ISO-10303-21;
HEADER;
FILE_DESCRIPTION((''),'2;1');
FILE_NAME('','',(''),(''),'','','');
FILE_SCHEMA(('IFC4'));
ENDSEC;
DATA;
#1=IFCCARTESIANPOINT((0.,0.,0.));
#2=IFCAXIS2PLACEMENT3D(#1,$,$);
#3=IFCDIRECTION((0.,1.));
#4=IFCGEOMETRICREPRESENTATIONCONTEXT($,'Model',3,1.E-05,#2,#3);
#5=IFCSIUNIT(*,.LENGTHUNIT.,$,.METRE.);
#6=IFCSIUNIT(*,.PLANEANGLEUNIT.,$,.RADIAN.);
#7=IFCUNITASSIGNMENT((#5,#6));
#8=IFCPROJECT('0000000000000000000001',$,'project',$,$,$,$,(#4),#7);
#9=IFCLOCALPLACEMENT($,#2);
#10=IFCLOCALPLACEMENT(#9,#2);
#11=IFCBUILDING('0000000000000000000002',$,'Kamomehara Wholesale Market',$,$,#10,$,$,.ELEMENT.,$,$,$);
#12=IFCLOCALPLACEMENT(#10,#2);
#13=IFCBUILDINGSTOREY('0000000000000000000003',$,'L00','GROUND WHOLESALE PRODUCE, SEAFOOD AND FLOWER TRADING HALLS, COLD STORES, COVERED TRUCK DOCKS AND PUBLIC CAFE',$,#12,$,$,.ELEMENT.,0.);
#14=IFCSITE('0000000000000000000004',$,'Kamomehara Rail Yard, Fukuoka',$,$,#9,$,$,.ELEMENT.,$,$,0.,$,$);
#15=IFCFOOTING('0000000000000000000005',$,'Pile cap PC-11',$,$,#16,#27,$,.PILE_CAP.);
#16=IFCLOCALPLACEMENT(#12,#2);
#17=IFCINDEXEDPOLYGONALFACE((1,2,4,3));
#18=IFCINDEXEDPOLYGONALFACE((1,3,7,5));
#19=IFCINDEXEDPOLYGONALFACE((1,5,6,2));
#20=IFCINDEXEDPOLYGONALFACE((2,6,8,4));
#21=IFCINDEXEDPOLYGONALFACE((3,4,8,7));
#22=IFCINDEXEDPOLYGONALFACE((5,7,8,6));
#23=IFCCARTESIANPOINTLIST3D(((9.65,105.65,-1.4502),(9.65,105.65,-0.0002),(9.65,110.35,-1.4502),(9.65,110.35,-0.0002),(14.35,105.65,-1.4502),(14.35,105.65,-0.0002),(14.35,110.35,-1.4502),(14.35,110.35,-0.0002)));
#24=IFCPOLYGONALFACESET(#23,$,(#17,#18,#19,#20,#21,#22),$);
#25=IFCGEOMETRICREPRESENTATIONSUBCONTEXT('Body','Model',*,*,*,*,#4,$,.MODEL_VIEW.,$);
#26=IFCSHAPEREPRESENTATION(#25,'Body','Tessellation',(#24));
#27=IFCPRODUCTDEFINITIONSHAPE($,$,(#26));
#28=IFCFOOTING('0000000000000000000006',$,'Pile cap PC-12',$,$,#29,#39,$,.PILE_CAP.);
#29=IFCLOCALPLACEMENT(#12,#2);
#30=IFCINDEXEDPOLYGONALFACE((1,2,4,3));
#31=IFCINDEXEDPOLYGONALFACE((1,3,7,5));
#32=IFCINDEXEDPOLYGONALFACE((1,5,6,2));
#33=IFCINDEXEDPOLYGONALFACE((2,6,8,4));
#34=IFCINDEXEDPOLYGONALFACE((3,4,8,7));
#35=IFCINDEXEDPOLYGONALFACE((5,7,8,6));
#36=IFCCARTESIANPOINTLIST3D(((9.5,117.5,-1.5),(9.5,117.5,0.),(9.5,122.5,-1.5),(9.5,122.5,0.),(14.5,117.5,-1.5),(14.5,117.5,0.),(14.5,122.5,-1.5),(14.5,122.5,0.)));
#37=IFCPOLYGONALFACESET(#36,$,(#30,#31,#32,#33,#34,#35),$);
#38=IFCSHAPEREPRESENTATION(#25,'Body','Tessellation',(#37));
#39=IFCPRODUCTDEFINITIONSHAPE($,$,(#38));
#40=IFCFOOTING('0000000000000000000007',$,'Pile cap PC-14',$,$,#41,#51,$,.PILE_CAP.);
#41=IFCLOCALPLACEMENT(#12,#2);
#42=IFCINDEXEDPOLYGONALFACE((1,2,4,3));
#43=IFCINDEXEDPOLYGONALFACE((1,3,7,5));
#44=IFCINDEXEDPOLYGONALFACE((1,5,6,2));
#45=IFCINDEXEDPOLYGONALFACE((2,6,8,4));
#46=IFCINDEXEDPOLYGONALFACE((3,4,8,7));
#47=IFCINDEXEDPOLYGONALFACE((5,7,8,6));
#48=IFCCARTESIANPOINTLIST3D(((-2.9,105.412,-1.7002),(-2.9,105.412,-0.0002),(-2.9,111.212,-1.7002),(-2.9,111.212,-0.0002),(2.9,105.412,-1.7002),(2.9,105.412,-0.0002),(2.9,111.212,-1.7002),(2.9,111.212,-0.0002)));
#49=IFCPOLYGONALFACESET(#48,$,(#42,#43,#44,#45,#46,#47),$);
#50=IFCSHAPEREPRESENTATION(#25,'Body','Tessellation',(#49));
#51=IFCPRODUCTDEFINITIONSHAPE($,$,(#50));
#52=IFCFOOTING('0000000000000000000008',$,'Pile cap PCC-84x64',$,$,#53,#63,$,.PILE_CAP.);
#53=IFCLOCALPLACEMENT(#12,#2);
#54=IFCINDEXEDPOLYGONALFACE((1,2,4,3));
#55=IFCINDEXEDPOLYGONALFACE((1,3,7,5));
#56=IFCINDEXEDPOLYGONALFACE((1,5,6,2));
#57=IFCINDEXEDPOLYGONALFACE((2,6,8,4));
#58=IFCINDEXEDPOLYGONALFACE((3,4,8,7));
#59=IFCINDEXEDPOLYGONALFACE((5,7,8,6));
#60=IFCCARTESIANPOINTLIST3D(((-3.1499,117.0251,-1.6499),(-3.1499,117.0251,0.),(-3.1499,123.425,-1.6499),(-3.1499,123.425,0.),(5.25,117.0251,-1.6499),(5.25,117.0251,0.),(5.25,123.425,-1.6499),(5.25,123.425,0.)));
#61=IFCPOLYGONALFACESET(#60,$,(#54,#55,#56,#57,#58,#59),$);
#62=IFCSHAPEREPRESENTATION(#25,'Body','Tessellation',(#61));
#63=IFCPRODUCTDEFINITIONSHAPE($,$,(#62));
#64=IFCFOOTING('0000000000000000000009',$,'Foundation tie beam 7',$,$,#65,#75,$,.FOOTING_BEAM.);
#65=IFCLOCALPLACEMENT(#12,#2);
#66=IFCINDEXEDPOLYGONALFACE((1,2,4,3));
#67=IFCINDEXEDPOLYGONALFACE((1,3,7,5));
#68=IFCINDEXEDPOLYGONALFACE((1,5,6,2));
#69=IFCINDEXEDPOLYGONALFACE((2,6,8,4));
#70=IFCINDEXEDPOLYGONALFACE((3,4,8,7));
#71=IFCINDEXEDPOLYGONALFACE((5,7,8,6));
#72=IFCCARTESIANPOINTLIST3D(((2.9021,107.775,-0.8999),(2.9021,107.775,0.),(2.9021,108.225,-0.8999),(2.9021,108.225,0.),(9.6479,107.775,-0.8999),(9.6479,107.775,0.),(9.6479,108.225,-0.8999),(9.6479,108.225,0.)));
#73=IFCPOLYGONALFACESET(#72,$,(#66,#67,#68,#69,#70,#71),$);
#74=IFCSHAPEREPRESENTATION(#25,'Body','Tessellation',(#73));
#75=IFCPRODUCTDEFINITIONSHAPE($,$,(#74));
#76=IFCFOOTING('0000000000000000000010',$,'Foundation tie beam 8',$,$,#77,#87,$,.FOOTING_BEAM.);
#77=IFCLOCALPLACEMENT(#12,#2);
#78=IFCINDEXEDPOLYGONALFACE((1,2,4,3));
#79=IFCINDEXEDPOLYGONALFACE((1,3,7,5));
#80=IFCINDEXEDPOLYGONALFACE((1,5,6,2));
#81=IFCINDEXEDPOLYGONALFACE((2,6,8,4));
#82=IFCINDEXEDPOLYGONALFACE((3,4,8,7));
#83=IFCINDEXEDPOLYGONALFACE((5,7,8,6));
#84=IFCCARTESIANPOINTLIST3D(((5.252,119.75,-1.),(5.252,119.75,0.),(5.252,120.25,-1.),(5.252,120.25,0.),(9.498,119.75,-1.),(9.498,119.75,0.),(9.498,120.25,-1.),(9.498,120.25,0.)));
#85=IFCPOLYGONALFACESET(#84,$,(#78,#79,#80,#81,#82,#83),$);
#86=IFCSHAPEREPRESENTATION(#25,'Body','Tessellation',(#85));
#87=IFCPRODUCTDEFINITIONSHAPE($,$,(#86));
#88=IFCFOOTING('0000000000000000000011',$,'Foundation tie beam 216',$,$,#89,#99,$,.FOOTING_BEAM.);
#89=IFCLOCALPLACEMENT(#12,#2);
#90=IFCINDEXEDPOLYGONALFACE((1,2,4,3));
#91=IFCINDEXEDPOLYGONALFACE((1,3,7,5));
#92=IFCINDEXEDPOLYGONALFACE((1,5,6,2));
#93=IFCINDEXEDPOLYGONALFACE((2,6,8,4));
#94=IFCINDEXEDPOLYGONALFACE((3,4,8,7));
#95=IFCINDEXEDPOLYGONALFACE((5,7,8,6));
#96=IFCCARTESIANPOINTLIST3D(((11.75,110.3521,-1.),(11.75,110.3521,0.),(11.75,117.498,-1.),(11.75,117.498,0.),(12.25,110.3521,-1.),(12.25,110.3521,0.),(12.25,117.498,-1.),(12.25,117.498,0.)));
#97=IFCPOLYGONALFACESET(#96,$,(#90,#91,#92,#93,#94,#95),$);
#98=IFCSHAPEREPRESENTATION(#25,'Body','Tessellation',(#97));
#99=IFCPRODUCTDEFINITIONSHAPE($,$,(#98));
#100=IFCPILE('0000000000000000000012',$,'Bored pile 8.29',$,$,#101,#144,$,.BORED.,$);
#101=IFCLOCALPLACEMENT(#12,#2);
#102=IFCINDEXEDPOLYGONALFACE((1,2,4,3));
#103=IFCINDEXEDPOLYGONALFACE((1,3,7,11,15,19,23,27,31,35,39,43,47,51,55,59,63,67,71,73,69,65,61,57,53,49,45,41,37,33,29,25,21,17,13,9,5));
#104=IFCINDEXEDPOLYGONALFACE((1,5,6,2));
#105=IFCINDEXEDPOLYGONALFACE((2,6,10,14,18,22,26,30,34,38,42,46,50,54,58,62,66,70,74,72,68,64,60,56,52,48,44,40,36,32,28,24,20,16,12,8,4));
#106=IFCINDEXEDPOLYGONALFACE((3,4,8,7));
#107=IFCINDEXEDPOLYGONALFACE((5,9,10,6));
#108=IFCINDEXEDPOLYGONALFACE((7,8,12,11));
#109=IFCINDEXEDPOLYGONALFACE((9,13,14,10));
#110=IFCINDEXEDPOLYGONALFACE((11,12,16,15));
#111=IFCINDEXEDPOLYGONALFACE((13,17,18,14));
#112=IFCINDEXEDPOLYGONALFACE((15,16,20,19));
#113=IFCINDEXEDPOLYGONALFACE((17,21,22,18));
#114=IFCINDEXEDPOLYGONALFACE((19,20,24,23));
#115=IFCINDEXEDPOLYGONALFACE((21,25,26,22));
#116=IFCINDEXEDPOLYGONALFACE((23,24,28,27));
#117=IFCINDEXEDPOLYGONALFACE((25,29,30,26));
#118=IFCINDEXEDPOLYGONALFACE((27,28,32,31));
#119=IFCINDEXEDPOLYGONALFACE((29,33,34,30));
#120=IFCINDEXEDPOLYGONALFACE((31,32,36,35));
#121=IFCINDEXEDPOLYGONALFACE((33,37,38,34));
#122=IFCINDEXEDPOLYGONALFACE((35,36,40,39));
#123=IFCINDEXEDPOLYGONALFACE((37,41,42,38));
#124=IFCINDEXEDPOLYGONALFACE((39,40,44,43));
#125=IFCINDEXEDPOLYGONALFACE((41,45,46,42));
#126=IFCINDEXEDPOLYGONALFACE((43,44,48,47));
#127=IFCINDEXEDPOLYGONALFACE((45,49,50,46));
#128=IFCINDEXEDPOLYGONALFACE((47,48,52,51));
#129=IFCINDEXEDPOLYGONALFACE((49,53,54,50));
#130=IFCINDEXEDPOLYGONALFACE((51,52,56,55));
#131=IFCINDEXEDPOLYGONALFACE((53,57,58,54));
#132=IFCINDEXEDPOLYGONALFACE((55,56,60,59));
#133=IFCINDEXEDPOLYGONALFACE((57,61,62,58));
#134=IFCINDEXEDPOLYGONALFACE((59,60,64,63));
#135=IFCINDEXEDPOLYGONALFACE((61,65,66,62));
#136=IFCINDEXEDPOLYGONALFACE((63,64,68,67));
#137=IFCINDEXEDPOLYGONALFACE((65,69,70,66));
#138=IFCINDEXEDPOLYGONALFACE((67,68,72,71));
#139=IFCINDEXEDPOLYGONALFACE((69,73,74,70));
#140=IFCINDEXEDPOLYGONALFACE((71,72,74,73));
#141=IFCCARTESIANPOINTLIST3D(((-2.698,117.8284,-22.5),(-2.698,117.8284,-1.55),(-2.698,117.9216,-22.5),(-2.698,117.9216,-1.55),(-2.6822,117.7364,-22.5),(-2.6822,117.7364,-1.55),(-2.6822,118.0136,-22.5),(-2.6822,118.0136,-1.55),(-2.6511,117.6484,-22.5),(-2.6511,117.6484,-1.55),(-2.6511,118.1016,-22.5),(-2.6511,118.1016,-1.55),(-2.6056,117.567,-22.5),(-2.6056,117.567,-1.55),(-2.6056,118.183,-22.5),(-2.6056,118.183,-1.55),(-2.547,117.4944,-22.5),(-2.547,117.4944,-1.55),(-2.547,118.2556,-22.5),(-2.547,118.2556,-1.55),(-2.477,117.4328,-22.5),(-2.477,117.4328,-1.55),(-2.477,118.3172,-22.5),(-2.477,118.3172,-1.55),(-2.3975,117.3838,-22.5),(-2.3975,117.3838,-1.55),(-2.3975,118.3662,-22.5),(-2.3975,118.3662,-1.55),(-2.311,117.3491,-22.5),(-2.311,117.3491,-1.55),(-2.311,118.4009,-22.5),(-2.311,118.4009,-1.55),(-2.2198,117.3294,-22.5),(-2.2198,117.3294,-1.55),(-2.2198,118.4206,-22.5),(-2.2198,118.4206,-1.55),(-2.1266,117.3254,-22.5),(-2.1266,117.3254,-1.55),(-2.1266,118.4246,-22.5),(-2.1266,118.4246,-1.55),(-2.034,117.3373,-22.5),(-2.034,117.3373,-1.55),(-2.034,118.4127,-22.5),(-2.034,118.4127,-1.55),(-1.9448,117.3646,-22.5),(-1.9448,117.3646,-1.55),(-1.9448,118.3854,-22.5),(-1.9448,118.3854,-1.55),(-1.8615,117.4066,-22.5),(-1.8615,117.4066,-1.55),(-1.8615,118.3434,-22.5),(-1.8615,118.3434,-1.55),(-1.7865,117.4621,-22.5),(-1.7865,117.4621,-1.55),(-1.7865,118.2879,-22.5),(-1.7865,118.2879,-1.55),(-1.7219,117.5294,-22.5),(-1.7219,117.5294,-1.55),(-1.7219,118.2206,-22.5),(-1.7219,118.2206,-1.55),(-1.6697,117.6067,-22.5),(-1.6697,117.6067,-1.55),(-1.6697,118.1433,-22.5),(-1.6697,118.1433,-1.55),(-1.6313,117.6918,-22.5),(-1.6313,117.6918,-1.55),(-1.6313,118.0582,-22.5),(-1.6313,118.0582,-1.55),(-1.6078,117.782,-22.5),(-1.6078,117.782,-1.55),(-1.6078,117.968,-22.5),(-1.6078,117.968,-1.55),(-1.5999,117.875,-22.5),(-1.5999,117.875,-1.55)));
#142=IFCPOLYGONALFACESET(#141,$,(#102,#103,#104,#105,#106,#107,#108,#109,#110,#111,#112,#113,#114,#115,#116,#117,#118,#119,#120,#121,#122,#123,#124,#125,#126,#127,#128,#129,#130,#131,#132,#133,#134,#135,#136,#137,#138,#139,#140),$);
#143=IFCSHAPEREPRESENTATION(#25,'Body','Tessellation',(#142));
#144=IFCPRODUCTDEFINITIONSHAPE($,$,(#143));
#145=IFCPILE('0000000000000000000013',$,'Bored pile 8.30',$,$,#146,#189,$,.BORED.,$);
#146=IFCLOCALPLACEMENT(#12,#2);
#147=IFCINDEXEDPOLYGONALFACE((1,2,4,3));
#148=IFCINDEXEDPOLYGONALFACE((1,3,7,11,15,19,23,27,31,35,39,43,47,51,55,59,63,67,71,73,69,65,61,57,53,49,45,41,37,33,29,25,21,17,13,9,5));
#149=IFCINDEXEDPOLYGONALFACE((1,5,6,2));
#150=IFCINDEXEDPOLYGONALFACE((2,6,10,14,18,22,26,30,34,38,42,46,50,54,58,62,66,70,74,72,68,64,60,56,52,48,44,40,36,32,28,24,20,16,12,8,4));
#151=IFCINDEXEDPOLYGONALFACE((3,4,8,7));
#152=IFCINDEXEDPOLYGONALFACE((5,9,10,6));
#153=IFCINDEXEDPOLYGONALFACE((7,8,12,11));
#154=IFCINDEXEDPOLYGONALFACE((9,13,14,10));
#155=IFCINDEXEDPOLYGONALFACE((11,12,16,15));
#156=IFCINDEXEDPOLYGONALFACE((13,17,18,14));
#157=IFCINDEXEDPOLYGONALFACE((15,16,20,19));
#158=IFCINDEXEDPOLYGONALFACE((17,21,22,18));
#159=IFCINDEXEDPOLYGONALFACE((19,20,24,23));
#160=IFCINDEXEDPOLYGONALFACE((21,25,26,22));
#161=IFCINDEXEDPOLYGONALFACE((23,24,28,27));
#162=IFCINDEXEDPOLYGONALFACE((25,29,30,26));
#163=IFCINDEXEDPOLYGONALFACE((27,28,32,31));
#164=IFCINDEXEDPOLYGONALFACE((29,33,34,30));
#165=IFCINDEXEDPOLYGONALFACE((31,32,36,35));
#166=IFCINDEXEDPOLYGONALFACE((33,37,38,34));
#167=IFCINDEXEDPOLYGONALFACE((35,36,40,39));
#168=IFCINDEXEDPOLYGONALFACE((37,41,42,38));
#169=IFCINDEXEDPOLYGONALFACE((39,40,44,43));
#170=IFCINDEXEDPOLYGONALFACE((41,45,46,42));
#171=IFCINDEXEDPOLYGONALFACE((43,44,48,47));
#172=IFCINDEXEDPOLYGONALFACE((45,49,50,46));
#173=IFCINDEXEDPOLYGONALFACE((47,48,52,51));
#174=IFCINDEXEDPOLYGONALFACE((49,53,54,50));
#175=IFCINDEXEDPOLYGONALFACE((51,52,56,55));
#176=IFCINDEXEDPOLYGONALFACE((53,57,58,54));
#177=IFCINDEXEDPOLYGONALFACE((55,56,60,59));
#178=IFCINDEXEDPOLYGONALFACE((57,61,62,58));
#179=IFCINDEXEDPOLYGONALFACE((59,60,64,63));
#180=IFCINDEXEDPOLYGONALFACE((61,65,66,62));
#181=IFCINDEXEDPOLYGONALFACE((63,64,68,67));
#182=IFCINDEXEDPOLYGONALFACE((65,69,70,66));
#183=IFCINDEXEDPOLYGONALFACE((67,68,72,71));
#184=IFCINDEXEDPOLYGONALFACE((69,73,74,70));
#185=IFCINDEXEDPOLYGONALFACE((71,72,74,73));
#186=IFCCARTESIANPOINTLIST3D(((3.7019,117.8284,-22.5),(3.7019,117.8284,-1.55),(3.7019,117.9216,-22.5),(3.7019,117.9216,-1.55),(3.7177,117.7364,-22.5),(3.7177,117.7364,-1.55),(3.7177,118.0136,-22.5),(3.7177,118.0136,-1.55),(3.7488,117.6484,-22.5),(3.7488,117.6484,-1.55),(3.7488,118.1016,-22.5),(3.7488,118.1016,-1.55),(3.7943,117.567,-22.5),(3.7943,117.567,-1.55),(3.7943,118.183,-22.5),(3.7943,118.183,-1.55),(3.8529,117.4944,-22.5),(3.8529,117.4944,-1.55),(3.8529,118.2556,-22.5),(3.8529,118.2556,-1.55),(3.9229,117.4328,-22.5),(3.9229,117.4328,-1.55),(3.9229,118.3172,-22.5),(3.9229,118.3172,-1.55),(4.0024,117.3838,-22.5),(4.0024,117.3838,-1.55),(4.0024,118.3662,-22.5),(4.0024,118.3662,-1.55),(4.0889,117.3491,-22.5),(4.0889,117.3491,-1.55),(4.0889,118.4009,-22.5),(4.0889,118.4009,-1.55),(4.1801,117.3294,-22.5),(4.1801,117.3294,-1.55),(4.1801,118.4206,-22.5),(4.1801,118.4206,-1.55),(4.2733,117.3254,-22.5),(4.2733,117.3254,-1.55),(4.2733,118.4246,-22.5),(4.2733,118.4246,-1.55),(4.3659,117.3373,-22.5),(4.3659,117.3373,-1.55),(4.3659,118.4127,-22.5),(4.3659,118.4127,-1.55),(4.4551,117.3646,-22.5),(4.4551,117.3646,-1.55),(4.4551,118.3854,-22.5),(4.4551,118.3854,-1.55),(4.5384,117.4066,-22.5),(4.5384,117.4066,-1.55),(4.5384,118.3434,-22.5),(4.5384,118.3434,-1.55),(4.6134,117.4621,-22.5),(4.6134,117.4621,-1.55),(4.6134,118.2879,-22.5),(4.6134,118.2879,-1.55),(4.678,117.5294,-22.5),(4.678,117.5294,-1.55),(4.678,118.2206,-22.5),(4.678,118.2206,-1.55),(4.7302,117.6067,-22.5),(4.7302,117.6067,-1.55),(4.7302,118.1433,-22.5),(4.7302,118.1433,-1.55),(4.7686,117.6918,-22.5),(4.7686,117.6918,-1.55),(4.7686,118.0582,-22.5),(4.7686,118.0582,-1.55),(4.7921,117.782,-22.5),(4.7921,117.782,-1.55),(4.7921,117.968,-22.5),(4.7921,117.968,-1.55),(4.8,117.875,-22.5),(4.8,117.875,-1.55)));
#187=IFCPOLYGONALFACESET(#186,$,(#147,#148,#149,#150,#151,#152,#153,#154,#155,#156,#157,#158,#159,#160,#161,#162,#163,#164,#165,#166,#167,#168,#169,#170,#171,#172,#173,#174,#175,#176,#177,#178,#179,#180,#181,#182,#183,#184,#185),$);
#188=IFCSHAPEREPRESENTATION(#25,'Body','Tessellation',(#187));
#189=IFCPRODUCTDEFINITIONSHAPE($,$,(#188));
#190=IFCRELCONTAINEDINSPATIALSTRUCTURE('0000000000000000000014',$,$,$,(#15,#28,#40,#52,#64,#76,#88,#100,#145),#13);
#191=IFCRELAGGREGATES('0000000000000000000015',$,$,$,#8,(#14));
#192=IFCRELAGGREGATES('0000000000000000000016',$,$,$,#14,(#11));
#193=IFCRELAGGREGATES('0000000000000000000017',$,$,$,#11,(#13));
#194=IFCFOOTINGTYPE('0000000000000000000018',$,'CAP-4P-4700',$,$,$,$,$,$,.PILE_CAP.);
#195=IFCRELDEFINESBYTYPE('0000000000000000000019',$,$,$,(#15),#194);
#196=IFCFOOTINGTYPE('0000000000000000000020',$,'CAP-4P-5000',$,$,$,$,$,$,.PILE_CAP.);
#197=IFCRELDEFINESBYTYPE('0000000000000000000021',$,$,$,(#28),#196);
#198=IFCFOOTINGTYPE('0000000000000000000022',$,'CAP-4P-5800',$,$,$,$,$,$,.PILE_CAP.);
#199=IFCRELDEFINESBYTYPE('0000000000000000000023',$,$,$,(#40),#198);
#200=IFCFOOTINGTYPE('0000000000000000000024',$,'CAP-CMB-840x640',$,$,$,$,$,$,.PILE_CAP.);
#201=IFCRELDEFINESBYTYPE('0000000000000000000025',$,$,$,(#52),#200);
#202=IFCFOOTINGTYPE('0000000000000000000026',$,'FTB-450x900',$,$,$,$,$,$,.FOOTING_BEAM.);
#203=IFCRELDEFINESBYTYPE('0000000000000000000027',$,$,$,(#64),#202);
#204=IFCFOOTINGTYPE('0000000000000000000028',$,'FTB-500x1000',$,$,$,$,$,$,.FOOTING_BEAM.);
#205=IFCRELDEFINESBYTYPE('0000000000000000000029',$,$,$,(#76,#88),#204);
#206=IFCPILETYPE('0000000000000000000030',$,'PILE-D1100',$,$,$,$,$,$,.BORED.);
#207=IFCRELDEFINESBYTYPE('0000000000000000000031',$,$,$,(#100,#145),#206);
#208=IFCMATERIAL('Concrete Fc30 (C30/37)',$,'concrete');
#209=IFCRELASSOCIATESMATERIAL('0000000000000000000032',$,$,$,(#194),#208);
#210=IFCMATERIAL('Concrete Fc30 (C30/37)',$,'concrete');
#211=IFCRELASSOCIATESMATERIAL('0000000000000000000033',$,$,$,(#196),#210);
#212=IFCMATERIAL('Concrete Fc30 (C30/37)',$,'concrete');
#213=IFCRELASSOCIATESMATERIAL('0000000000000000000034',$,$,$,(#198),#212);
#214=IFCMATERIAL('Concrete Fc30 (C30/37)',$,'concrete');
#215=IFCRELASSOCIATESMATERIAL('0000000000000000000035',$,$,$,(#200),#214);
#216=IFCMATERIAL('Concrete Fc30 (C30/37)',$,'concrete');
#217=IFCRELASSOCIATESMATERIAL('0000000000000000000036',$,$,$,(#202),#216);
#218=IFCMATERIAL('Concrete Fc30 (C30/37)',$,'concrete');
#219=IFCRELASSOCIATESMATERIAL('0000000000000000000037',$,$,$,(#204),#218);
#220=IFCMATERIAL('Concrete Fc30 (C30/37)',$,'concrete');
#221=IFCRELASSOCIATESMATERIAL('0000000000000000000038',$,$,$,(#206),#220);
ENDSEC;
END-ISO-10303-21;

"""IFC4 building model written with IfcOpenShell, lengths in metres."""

from ifc_helpers import new_model, si_unit, direction, frame, origin, origin_2d, place, context, subcontext, project, spatial, rectangle, circle, extrude, material, material_profile, profile_set, type_object, element, save


model = new_model("IFC4")

# Units and contexts
model_context = context("Model", 3, precision=1e-05, world=origin(), true_north=direction((0.0, 1.0)))
body_context = subcontext(model_context, "Body", "Model", "MODEL_VIEW")
ifc_project = project(units=[si_unit("LENGTHUNIT", "METRE"), si_unit("PLANEANGLEUNIT", "RADIAN")], contexts=[model_context])

# Site, building, storey
site_placement = place(None, origin())
site = spatial("IfcSite", under=ifc_project, at=site_placement, Name="Kamomehara Rail Yard, Fukuoka", CompositionType="ELEMENT", RefElevation=0.0)
building_placement = place(site_placement, origin())
building = spatial("IfcBuilding", under=site, at=building_placement, Name="Kamomehara Wholesale Market", CompositionType="ELEMENT")
storey_placement = place(building_placement, origin())
storey = spatial("IfcBuildingStorey", under=building, at=storey_placement, Name="L00", Description="GROUND WHOLESALE PRODUCE, SEAFOOD AND FLOWER TRADING HALLS, COLD STORES, COVERED TRUCK DOCKS AND PUBLIC CAFE", CompositionType="ELEMENT", Elevation=0.0)

# Footings
ifc_material_1 = material(Name="Concrete Fc30 (C30/37)", Category="concrete")
footing_type_1 = type_object("IfcFootingType", Name="CAP-4P-4700", PredefinedType="PILE_CAP", material=ifc_material_1)
footing_1_placement = place(storey_placement, frame((12.0, 108.0, -1.4502), z_axis=(0.0, 0.0, 1.0), x_axis=(1.0, 0.0, 0.0)))
element("IfcFooting", 1, at=footing_1_placement, inside=storey, type_object=footing_type_1, Name="Pile cap PC-11", PredefinedType="PILE_CAP", context=body_context, shape_type="SweptSolid", body=[
    extrude(rectangle(XDim=4.7, YDim=4.7, at=origin_2d()), origin(), (0.0, 0.0, 1.0), 1.45),
])
ifc_material_2 = material(Name="Concrete Fc30 (C30/37)", Category="concrete")
footing_type_2 = type_object("IfcFootingType", Name="CAP-4P-5000", PredefinedType="PILE_CAP", material=ifc_material_2)
footing_2_placement = place(storey_placement, frame((12.0, 120.0, -1.5), z_axis=(0.0, 0.0, 1.0), x_axis=(1.0, 0.0, 0.0)))
element("IfcFooting", 2, at=footing_2_placement, inside=storey, type_object=footing_type_2, Name="Pile cap PC-12", PredefinedType="PILE_CAP", context=body_context, shape_type="SweptSolid", body=[
    extrude(rectangle(XDim=5.0, YDim=5.0, at=origin_2d()), origin(), (0.0, 0.0, 1.0), 1.5),
])
ifc_material_3 = material(Name="Concrete Fc30 (C30/37)", Category="concrete")
footing_type_3 = type_object("IfcFootingType", Name="CAP-4P-5800", PredefinedType="PILE_CAP", material=ifc_material_3)
footing_3_placement = place(storey_placement, frame((0.0, 108.312, -1.7002), z_axis=(0.0, 0.0, 1.0), x_axis=(1.0, 0.0, 0.0)))
element("IfcFooting", 3, at=footing_3_placement, inside=storey, type_object=footing_type_3, Name="Pile cap PC-14", PredefinedType="PILE_CAP", context=body_context, shape_type="SweptSolid", body=[
    extrude(rectangle(XDim=5.8, YDim=5.8, at=origin_2d()), origin(), (0.0, 0.0, 1.0), 1.7),
])
ifc_material_4 = material(Name="Concrete Fc30 (C30/37)", Category="concrete")
footing_type_4 = type_object("IfcFootingType", Name="CAP-CMB-840x640", PredefinedType="PILE_CAP", material=ifc_material_4)
footing_4_placement = place(storey_placement, frame((1.05, 120.2251, -1.6499), z_axis=(0.0, 0.0, 1.0), x_axis=(1.0, 0.0, 0.0)))
element("IfcFooting", 4, at=footing_4_placement, inside=storey, type_object=footing_type_4, Name="Pile cap PCC-84x64", PredefinedType="PILE_CAP", context=body_context, shape_type="SweptSolid", body=[
    extrude(rectangle(XDim=8.3999, YDim=6.3999, at=origin_2d()), origin(), (0.0, 0.0, 1.0), 1.6499),
])
ifc_material_5 = material(Name="Concrete Fc30 (C30/37)", Category="concrete")
ifc_material_profile_1 = material_profile(ifc_material_5, rectangle(XDim=0.45, YDim=0.8999, at=origin_2d()), Name="RC-FTB-450x900")
ifc_profile_set_1 = profile_set([ifc_material_profile_1], Name="Concrete Fc30 (C30/37)")
footing_type_5 = type_object("IfcFootingType", Name="FTB-450x900", PredefinedType="FOOTING_BEAM", material=ifc_profile_set_1)
footing_5_placement = place(storey_placement, frame((2.9021, 108.0, -0.45), z_axis=(1.0, 0.0, 0.0), x_axis=(0.0, 1.0, 0.0)))
element("IfcFooting", 5, at=footing_5_placement, inside=storey, type_object=footing_type_5, Name="Foundation tie beam 7", PredefinedType="FOOTING_BEAM", context=body_context, shape_type="SweptSolid", body=[
    extrude(rectangle(XDim=0.45, YDim=0.8999, at=origin_2d()), origin(), (0.0, 0.0, 1.0), 6.7458),
])
ifc_material_6 = material(Name="Concrete Fc30 (C30/37)", Category="concrete")
ifc_material_profile_2 = material_profile(ifc_material_6, rectangle(XDim=0.5, YDim=1.0, at=origin_2d()), Name="RC-FTB-500x1000")
ifc_profile_set_2 = profile_set([ifc_material_profile_2], Name="Concrete Fc30 (C30/37)")
footing_type_6 = type_object("IfcFootingType", Name="FTB-500x1000", PredefinedType="FOOTING_BEAM", material=ifc_profile_set_2)
footing_6_placement = place(storey_placement, frame((5.252, 120.0, -0.5), z_axis=(1.0, 0.0, 0.0), x_axis=(0.0, 1.0, 0.0)))
element("IfcFooting", 6, at=footing_6_placement, inside=storey, type_object=footing_type_6, Name="Foundation tie beam 8", PredefinedType="FOOTING_BEAM", context=body_context, shape_type="SweptSolid", body=[
    extrude(rectangle(XDim=0.5, YDim=1.0, at=origin_2d()), origin(), (0.0, 0.0, 1.0), 4.2461),
])
footing_7_placement = place(storey_placement, frame((12.0, 110.3521, -0.5), z_axis=(0.0, 1.0, 0.0), x_axis=(-1.0, 0.0, 0.0)))
element("IfcFooting", 7, at=footing_7_placement, inside=storey, type_object=footing_type_6, Name="Foundation tie beam 216", PredefinedType="FOOTING_BEAM", context=body_context, shape_type="SweptSolid", body=[
    extrude(rectangle(XDim=0.5, YDim=1.0, at=origin_2d()), origin(), (0.0, 0.0, 1.0), 7.146),
])

# Piles
ifc_material_7 = material(Name="Concrete Fc30 (C30/37)", Category="concrete")
ifc_material_profile_3 = material_profile(ifc_material_7, circle(Radius=0.55, at=origin_2d()), Name="RC-PILE-D1100")
ifc_profile_set_3 = profile_set([ifc_material_profile_3], Name="Concrete Fc30 (C30/37)")
pile_type_1 = type_object("IfcPileType", Name="PILE-D1100", PredefinedType="BORED", material=ifc_profile_set_3)
for number, where, z_axis, x_axis, name in (
    (8, (-2.1499, 117.875, -1.55), (0.0, 0.0, -1.0), (1.0, 0.0, 0.0), "Bored pile 8.29"),
    (9, (4.25, 117.875, -1.55), (0.0, 0.0, -1.0), (1.0, 0.0, 0.0), "Bored pile 8.30"),
):
    element("IfcPile", number, at=place(storey_placement, frame(where, z_axis=z_axis, x_axis=x_axis)), inside=storey, type_object=pile_type_1, Name=name, PredefinedType="BORED", context=body_context, shape_type="SweptSolid", body=[
        extrude(circle(Radius=0.55, at=origin_2d()), origin(), (0.0, 0.0, 1.0), 20.95),
    ])

save(model, "model.ifc")
